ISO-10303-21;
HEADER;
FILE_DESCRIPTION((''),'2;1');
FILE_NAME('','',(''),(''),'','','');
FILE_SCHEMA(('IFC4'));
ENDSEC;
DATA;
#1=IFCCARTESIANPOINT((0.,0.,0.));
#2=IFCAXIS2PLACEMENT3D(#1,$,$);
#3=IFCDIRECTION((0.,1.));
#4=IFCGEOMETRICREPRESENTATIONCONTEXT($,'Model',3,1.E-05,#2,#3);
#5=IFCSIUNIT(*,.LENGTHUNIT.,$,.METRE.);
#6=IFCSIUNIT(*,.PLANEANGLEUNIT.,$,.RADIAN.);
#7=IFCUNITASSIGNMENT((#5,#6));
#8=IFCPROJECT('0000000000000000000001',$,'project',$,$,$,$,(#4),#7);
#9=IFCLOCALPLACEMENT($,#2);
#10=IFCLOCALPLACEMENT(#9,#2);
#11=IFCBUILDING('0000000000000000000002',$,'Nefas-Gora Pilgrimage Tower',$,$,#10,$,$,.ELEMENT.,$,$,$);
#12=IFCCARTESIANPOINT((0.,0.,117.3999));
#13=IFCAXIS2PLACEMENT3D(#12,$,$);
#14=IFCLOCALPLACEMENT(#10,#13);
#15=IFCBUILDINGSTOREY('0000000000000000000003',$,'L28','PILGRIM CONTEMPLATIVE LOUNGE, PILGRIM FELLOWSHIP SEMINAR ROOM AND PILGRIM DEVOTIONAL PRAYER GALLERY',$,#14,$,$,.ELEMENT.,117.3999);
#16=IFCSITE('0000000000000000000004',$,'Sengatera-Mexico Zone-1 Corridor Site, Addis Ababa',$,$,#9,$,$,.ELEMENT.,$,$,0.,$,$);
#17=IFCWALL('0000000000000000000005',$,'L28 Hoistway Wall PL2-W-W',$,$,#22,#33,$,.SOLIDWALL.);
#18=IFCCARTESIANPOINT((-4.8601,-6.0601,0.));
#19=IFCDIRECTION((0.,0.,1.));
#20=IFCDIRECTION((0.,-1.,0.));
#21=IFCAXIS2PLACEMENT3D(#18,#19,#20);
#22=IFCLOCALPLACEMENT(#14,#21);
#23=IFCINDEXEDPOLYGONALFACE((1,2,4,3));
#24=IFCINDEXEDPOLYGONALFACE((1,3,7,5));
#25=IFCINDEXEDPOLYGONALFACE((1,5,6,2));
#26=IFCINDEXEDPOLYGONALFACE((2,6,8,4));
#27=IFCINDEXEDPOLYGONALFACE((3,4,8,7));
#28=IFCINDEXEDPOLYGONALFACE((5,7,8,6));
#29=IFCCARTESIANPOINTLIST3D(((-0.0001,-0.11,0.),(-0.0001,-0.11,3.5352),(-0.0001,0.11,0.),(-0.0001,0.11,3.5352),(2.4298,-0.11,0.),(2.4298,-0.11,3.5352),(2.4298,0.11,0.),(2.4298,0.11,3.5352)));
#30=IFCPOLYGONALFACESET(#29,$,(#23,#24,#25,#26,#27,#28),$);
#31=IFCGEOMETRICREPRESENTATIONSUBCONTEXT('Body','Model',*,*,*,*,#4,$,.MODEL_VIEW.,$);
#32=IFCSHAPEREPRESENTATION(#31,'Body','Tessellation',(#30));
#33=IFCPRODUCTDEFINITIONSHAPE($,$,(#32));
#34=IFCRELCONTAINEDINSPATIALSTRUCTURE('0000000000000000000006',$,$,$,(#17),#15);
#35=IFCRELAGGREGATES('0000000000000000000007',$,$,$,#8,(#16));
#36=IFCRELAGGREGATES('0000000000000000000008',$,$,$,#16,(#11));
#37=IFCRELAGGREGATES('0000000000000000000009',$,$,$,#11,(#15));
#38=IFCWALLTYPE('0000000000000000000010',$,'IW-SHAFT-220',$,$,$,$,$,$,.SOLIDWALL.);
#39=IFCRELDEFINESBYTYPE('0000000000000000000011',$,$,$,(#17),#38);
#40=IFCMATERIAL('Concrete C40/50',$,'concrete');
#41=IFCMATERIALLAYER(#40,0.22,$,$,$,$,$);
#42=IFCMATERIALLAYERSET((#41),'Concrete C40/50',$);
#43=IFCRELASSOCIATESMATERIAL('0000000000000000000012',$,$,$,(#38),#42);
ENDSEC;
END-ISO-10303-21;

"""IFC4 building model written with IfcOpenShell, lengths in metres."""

from ifc_helpers import new_model, si_unit, direction, frame, frame_2d, origin, place, context, subcontext, project, spatial, rectangle, extrude, source, transform, mapped, material, layer, layer_set, type_object, element, save


model = new_model("IFC4")

# Units and contexts
model_context = context("Model", 3, precision=1e-05, world=origin(), true_north=direction((0.0, 1.0)))
body_context = subcontext(model_context, "Body", "Model", "MODEL_VIEW")
ifc_project = project(units=[si_unit("LENGTHUNIT", "METRE"), si_unit("PLANEANGLEUNIT", "RADIAN")], contexts=[model_context])

# Site, building, storey
site_placement = place(None, origin())
site = spatial("IfcSite", under=ifc_project, at=site_placement, Name="Sengatera-Mexico Zone-1 Corridor Site, Addis Ababa", CompositionType="ELEMENT", RefElevation=0.0)
building_placement = place(site_placement, origin())
building = spatial("IfcBuilding", under=site, at=building_placement, Name="Nefas-Gora Pilgrimage Tower", CompositionType="ELEMENT")
storey_placement = place(building_placement, frame((0.0, 0.0, 117.3999)))
storey = spatial("IfcBuildingStorey", under=building, at=storey_placement, Name="L28", Description="PILGRIM CONTEMPLATIVE LOUNGE, PILGRIM FELLOWSHIP SEMINAR ROOM AND PILGRIM DEVOTIONAL PRAYER GALLERY", CompositionType="ELEMENT", Elevation=117.3999)

# Wall
ifc_material_1 = material(Name="Concrete C40/50", Category="concrete")
ifc_layer_1 = layer(ifc_material_1, 0.22)
ifc_layer_set_1 = layer_set([ifc_layer_1], Name="Concrete C40/50")
wall_type_1 = type_object("IfcWallType", Name="IW-SHAFT-220", PredefinedType="SOLIDWALL", material=ifc_layer_set_1)
shared_shape_1 = source(origin(), body_context, "Body", "SweptSolid", [
    extrude(rectangle(XDim=2.4299, YDim=0.22, at=frame_2d((1.2148, 0.0))), origin(), (0.0, 0.0, 1.0), 3.5352),
])
for number, where, z_axis, x_axis, name in (
    (1, (-4.8601, -6.0601, 0.0), (0.0, 0.0, 1.0), (0.0, -1.0, 0.0), "L28 Hoistway Wall PL2-W-W"),
):
    element("IfcWall", number, at=place(storey_placement, frame(where, z_axis=z_axis, x_axis=x_axis)), inside=storey, type_object=wall_type_1, Name=name, PredefinedType="SOLIDWALL", context=body_context, shape_type="MappedRepresentation", body=[
        mapped(shared_shape_1, transform((0.0, 0.0, 0.0), x_axis=(1.0, 0.0, 0.0), y_axis=(0.0, 1.0, 0.0), z_axis=(0.0, 0.0, 1.0), scale=1.0)),
    ])

save(model, "model.ifc")
